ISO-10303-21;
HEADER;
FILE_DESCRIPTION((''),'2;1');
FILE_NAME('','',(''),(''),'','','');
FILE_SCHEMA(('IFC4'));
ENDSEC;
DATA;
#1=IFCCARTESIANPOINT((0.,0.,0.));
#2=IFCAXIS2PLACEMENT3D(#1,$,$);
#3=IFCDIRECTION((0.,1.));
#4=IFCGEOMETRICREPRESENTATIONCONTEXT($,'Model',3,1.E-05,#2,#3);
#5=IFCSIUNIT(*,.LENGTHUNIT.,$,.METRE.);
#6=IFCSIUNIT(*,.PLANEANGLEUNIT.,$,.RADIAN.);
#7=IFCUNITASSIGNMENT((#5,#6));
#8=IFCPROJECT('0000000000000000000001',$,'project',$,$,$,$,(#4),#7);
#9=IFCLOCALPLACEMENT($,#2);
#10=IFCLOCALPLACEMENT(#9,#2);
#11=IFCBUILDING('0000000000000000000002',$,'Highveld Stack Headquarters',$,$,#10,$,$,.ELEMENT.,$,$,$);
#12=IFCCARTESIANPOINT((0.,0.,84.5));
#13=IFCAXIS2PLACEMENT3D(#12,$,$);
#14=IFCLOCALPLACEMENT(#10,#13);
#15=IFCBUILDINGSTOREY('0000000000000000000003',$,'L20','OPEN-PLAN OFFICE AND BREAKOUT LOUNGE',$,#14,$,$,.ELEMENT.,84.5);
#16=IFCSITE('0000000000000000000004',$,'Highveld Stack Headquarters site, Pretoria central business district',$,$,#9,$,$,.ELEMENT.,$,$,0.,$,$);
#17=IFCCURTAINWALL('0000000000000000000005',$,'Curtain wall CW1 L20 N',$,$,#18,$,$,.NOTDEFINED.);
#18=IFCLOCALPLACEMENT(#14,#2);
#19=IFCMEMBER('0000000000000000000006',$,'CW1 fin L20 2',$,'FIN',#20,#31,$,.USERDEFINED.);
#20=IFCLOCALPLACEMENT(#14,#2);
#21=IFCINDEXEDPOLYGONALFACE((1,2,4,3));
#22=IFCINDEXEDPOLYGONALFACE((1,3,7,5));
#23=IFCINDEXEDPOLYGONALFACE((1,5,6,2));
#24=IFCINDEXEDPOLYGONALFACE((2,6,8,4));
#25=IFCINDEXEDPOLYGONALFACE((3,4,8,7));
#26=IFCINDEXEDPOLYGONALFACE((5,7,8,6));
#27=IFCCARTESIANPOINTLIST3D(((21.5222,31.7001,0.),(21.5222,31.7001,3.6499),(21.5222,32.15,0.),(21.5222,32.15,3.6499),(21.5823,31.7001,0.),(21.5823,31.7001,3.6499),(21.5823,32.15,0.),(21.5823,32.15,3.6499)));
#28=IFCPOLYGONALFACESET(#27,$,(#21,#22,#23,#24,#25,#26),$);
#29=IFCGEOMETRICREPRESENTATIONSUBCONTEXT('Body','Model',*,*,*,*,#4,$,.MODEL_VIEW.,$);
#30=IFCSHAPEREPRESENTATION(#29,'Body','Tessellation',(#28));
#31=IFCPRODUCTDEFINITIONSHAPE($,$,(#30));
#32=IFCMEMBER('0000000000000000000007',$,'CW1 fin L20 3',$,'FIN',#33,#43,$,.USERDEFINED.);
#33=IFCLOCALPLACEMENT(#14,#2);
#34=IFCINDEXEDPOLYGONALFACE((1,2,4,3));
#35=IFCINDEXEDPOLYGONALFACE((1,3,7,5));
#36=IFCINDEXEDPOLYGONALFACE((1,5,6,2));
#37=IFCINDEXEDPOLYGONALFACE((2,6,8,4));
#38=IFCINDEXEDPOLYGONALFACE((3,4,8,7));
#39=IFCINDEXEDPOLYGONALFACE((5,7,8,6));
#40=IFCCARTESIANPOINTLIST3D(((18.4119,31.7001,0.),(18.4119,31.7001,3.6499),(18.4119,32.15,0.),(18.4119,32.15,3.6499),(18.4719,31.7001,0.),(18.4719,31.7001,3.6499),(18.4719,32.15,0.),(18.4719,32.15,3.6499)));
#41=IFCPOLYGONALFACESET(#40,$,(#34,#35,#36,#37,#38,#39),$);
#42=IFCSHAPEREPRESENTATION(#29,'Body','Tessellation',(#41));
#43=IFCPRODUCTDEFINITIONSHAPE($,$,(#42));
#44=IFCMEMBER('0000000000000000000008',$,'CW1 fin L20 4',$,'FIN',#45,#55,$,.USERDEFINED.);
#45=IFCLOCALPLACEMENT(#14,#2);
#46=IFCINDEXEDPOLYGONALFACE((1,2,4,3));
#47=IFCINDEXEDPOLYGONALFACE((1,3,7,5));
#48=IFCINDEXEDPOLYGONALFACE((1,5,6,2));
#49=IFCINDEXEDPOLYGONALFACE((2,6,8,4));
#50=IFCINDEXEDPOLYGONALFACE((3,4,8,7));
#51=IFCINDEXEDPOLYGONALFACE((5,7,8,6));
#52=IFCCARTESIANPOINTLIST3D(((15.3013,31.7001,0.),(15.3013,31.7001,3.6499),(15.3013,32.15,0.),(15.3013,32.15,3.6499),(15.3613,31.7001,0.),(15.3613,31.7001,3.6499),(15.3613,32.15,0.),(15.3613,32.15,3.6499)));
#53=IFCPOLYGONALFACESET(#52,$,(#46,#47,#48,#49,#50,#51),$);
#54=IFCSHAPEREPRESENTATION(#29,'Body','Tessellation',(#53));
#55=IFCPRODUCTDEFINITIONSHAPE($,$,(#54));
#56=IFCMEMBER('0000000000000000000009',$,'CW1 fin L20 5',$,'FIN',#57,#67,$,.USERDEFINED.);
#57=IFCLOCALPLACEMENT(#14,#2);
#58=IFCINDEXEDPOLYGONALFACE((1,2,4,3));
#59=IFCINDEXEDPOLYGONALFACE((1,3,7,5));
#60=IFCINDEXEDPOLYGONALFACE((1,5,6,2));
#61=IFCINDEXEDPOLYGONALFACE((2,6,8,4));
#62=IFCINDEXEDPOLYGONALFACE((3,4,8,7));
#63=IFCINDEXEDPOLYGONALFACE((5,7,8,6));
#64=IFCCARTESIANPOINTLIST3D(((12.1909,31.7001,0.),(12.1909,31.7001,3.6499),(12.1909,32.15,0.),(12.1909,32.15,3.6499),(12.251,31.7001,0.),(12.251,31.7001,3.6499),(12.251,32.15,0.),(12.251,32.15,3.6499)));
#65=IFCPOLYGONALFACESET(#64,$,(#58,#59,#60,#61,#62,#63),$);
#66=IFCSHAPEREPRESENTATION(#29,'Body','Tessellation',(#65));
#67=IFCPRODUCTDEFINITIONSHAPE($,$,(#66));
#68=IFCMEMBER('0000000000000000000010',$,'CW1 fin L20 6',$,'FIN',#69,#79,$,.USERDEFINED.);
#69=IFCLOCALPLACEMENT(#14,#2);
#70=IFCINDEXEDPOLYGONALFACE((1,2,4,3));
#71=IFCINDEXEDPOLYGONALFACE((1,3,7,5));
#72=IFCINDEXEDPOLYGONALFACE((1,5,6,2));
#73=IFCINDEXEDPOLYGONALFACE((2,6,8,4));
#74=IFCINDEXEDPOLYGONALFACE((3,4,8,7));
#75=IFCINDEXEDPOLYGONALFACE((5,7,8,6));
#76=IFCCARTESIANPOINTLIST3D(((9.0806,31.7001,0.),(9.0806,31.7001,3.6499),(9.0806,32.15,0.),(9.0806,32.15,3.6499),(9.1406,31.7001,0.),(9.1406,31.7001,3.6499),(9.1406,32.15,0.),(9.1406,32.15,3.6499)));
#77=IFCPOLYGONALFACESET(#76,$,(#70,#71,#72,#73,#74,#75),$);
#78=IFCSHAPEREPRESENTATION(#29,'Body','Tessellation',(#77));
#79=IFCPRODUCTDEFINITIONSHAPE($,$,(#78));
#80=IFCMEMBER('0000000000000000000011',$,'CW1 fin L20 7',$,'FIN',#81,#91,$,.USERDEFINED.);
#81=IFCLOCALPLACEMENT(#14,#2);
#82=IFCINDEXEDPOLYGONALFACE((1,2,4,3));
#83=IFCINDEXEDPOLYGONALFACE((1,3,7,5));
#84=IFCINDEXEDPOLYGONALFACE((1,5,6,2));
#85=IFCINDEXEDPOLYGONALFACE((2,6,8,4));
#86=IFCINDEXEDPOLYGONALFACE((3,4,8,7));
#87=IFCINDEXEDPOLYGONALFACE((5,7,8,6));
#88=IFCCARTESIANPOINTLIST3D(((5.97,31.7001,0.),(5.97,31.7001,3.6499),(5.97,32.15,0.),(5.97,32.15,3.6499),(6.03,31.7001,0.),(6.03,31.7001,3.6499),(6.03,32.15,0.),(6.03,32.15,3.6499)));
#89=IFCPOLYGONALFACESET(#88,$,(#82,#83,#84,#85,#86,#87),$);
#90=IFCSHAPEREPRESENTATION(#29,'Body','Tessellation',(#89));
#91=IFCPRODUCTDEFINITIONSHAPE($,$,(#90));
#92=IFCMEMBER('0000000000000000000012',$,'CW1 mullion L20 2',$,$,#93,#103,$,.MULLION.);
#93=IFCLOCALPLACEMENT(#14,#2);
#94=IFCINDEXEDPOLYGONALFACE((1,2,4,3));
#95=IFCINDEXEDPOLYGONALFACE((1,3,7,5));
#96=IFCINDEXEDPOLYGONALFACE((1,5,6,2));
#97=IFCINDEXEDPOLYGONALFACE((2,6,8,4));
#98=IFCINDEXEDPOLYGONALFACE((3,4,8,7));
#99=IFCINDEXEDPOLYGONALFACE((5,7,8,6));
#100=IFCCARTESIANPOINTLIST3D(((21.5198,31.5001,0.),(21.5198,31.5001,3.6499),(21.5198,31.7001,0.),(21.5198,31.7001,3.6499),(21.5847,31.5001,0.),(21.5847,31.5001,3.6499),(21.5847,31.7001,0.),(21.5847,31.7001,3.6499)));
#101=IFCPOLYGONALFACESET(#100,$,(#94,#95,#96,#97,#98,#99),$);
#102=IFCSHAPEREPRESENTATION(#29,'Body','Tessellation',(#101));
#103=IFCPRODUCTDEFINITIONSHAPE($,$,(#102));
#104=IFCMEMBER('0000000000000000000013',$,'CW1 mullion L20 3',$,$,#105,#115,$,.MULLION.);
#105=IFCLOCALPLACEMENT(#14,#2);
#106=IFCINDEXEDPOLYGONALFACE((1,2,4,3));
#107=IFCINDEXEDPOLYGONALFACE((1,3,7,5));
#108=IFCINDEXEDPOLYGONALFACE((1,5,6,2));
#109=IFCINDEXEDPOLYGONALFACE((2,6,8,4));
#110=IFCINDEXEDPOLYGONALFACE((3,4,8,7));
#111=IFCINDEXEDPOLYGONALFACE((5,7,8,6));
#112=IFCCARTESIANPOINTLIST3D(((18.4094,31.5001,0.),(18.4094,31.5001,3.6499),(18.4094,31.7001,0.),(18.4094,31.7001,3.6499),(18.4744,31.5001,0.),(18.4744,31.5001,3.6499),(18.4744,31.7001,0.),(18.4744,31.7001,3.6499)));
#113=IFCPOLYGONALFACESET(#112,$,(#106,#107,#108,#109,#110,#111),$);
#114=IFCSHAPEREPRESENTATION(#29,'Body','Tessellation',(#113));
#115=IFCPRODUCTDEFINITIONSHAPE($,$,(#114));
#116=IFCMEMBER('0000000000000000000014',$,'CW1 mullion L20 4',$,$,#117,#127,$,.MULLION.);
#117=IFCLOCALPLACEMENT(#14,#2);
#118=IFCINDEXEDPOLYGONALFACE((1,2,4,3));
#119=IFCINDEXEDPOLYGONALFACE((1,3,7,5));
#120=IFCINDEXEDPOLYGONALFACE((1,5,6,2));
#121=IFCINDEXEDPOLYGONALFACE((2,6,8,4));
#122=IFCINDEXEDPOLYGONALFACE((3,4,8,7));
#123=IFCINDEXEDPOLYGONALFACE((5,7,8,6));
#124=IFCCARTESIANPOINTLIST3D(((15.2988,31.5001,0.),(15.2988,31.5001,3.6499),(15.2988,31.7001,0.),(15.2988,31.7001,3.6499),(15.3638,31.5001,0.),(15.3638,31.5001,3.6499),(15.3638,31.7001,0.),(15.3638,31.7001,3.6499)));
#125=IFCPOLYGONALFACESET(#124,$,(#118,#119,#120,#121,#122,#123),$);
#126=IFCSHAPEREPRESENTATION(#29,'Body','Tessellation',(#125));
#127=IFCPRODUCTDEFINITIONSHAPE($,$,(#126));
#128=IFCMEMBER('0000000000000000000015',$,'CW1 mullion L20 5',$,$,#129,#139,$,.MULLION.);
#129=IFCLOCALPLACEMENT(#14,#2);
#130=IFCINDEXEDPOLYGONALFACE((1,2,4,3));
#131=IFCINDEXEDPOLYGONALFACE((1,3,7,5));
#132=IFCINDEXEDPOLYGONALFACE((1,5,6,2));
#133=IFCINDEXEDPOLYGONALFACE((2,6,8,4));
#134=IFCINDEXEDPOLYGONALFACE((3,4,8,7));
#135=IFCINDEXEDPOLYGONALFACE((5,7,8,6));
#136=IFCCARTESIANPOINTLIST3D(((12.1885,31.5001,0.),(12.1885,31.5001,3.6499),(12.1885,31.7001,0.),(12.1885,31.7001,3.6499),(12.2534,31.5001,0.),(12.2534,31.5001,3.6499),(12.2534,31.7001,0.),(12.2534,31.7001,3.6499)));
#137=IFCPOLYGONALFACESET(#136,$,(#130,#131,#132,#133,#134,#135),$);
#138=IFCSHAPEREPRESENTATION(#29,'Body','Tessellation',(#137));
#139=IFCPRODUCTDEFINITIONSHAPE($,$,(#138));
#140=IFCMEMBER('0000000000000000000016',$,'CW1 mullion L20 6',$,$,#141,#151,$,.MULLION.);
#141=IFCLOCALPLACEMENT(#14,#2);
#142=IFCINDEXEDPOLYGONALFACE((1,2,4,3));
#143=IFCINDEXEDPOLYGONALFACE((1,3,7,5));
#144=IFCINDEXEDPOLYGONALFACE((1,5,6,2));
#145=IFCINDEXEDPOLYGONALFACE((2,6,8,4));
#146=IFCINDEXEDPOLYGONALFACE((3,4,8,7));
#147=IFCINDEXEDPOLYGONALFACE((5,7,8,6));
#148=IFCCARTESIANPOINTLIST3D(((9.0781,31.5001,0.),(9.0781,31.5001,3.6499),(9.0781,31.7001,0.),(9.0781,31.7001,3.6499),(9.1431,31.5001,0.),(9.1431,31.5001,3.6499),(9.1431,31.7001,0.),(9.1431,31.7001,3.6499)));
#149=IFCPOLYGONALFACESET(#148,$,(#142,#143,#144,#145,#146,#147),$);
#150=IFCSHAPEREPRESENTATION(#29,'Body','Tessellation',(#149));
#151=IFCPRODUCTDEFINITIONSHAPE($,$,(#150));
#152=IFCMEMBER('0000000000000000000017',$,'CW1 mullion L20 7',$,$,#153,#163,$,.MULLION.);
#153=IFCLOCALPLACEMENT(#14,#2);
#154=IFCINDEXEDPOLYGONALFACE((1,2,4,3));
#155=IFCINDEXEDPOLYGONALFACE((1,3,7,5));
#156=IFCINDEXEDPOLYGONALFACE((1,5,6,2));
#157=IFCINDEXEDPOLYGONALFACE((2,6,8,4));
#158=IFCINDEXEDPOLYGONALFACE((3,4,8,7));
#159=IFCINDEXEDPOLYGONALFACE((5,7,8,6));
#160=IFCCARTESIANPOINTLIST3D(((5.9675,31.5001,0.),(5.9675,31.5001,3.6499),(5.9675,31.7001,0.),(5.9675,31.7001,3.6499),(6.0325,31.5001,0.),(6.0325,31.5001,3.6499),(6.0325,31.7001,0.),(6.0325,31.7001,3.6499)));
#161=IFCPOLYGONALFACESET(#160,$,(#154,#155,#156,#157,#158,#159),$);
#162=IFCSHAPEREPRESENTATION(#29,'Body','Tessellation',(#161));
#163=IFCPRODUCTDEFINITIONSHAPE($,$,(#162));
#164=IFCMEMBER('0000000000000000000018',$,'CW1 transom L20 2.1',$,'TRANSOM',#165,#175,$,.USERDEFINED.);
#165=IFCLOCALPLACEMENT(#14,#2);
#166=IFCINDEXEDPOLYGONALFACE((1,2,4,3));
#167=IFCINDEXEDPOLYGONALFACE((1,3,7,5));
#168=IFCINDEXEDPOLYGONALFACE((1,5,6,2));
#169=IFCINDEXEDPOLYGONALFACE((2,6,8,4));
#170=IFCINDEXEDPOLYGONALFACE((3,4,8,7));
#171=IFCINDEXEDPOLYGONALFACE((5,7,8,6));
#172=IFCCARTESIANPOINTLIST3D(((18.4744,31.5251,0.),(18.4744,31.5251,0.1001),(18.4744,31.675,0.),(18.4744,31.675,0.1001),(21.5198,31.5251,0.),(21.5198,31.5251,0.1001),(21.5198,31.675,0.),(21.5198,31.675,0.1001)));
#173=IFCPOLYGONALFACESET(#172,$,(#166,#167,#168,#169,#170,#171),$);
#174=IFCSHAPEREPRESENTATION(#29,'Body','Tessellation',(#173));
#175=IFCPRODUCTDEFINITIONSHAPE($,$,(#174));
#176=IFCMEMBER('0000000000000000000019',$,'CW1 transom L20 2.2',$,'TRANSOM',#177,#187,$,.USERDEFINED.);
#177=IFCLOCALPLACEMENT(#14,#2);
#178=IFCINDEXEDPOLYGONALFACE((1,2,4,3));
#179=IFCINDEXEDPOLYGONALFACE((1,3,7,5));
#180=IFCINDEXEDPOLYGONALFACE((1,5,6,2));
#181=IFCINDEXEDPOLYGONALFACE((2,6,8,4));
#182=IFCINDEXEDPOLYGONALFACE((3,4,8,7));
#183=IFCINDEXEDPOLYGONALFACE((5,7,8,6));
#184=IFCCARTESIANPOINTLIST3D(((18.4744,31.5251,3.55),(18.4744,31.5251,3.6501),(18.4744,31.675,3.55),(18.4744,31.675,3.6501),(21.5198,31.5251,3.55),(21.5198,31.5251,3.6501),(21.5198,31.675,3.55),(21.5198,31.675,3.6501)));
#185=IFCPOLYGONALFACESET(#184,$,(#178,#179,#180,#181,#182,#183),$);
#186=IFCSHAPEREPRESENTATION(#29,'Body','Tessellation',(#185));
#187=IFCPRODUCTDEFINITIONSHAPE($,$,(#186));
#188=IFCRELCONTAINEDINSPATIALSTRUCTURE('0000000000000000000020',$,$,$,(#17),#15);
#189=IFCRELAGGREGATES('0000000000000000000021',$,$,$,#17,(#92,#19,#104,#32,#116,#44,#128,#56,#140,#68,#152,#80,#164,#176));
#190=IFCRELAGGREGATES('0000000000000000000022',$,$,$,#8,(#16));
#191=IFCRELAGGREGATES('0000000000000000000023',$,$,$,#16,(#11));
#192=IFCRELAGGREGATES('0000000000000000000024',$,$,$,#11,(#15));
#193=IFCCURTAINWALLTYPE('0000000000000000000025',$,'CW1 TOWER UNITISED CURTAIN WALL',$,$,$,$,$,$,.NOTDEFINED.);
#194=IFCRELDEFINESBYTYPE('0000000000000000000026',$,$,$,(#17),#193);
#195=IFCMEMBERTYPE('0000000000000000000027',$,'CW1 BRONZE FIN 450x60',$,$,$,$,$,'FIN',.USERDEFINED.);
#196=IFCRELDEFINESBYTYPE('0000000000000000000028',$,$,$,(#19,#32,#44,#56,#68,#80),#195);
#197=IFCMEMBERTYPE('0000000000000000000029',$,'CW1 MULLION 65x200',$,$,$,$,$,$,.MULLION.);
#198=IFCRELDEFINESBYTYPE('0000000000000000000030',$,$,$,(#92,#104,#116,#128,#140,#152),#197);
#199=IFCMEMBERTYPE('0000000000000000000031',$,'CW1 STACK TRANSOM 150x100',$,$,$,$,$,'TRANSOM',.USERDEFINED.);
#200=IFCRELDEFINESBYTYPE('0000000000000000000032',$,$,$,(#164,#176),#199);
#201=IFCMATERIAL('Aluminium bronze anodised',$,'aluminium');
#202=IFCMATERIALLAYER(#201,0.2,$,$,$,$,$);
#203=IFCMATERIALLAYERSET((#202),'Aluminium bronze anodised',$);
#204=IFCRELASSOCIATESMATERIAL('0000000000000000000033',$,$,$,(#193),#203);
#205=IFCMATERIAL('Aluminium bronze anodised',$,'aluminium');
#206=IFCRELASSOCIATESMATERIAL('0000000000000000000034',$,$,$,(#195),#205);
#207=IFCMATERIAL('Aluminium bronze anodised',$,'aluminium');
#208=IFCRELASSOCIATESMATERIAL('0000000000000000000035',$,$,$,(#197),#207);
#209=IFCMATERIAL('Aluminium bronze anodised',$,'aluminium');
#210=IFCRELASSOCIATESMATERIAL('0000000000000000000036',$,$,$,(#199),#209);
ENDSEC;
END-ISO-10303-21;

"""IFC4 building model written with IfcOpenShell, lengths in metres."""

from ifc_helpers import new_model, si_unit, direction, frame, origin, origin_2d, place, context, subcontext, project, spatial, rectangle, extrude, material, layer, layer_set, material_profile, profile_set, type_object, element, aggregate, save


model = new_model("IFC4")

# Units and contexts
model_context = context("Model", 3, precision=1e-05, world=origin(), true_north=direction((0.0, 1.0)))
body_context = subcontext(model_context, "Body", "Model", "MODEL_VIEW")
ifc_project = project(units=[si_unit("LENGTHUNIT", "METRE"), si_unit("PLANEANGLEUNIT", "RADIAN")], contexts=[model_context])

# Site, building, storey
site_placement = place(None, origin())
site = spatial("IfcSite", under=ifc_project, at=site_placement, Name="Highveld Stack Headquarters site, Pretoria central business district", CompositionType="ELEMENT", RefElevation=0.0)
building_placement = place(site_placement, origin())
building = spatial("IfcBuilding", under=site, at=building_placement, Name="Highveld Stack Headquarters", CompositionType="ELEMENT")
storey_placement = place(building_placement, frame((0.0, 0.0, 84.5)))
storey = spatial("IfcBuildingStorey", under=building, at=storey_placement, Name="L20", Description="OPEN-PLAN OFFICE AND BREAKOUT LOUNGE", CompositionType="ELEMENT", Elevation=84.5)

# Curtain wall, members
ifc_material_1 = material(Name="Aluminium bronze anodised", Category="aluminium")
ifc_layer_1 = layer(ifc_material_1, 0.2)
ifc_layer_set_1 = layer_set([ifc_layer_1], Name="Aluminium bronze anodised")
curtain_wall_type = type_object("IfcCurtainWallType", Name="CW1 TOWER UNITISED CURTAIN WALL", PredefinedType="NOTDEFINED", material=ifc_layer_set_1)
curtain_wall_placement = place(storey_placement, origin())
curtain_wall = element("IfcCurtainWall", 1, at=curtain_wall_placement, inside=storey, type_object=curtain_wall_type, Name="Curtain wall CW1 L20 N", PredefinedType="NOTDEFINED")
ifc_material_2 = material(Name="Aluminium bronze anodised", Category="aluminium")
ifc_material_profile_1 = material_profile(ifc_material_2, rectangle(XDim=0.45, YDim=0.0601, at=origin_2d()), Name="FIN 450x60")
ifc_profile_set_1 = profile_set([ifc_material_profile_1], Name="Aluminium bronze anodised")
member_type_1 = type_object("IfcMemberType", Name="CW1 BRONZE FIN 450x60", ElementType="FIN", PredefinedType="USERDEFINED", material=ifc_profile_set_1)
member_1_placement = place(storey_placement, frame((21.5522, 31.925, 0.0), z_axis=(0.0, 0.0, 1.0), x_axis=(0.0, -1.0, 0.0)))
member_1 = element("IfcMember", 2, at=member_1_placement, type_object=member_type_1, Name="CW1 fin L20 2", ObjectType="FIN", PredefinedType="USERDEFINED", context=body_context, shape_type="SweptSolid", body=[
    extrude(rectangle(XDim=0.45, YDim=0.0601, at=origin_2d()), origin(), (0.0, 0.0, 1.0), 3.6499),
])
member_2_placement = place(storey_placement, frame((18.4419, 31.925, 0.0), z_axis=(0.0, 0.0, 1.0), x_axis=(0.0, -1.0, 0.0)))
member_2 = element("IfcMember", 3, at=member_2_placement, type_object=member_type_1, Name="CW1 fin L20 3", ObjectType="FIN", PredefinedType="USERDEFINED", context=body_context, shape_type="SweptSolid", body=[
    extrude(rectangle(XDim=0.45, YDim=0.0601, at=origin_2d()), origin(), (0.0, 0.0, 1.0), 3.6499),
])
member_3_placement = place(storey_placement, frame((15.3313, 31.925, 0.0), z_axis=(0.0, 0.0, 1.0), x_axis=(0.0, -1.0, 0.0)))
member_3 = element("IfcMember", 4, at=member_3_placement, type_object=member_type_1, Name="CW1 fin L20 4", ObjectType="FIN", PredefinedType="USERDEFINED", context=body_context, shape_type="SweptSolid", body=[
    extrude(rectangle(XDim=0.45, YDim=0.0601, at=origin_2d()), origin(), (0.0, 0.0, 1.0), 3.6499),
])
member_4_placement = place(storey_placement, frame((12.2209, 31.925, 0.0), z_axis=(0.0, 0.0, 1.0), x_axis=(0.0, -1.0, 0.0)))
member_4 = element("IfcMember", 5, at=member_4_placement, type_object=member_type_1, Name="CW1 fin L20 5", ObjectType="FIN", PredefinedType="USERDEFINED", context=body_context, shape_type="SweptSolid", body=[
    extrude(rectangle(XDim=0.45, YDim=0.0601, at=origin_2d()), origin(), (0.0, 0.0, 1.0), 3.6499),
])
member_5_placement = place(storey_placement, frame((9.1106, 31.925, 0.0), z_axis=(0.0, 0.0, 1.0), x_axis=(0.0, -1.0, 0.0)))
member_5 = element("IfcMember", 6, at=member_5_placement, type_object=member_type_1, Name="CW1 fin L20 6", ObjectType="FIN", PredefinedType="USERDEFINED", context=body_context, shape_type="SweptSolid", body=[
    extrude(rectangle(XDim=0.45, YDim=0.0601, at=origin_2d()), origin(), (0.0, 0.0, 1.0), 3.6499),
])
member_6_placement = place(storey_placement, frame((6.0, 31.925, 0.0), z_axis=(0.0, 0.0, 1.0), x_axis=(0.0, -1.0, 0.0)))
member_6 = element("IfcMember", 7, at=member_6_placement, type_object=member_type_1, Name="CW1 fin L20 7", ObjectType="FIN", PredefinedType="USERDEFINED", context=body_context, shape_type="SweptSolid", body=[
    extrude(rectangle(XDim=0.45, YDim=0.0601, at=origin_2d()), origin(), (0.0, 0.0, 1.0), 3.6499),
])
ifc_material_3 = material(Name="Aluminium bronze anodised", Category="aluminium")
ifc_material_profile_2 = material_profile(ifc_material_3, rectangle(XDim=0.2, YDim=0.0649, at=origin_2d()), Name="CW1 MULLION 65x200")
ifc_profile_set_2 = profile_set([ifc_material_profile_2], Name="Aluminium bronze anodised")
member_type_2 = type_object("IfcMemberType", Name="CW1 MULLION 65x200", PredefinedType="MULLION", material=ifc_profile_set_2)
member_7_placement = place(storey_placement, frame((21.5522, 31.6001, 0.0), z_axis=(0.0, 0.0, 1.0), x_axis=(0.0, -1.0, 0.0)))
member_7 = element("IfcMember", 8, at=member_7_placement, type_object=member_type_2, Name="CW1 mullion L20 2", PredefinedType="MULLION", context=body_context, shape_type="SweptSolid", body=[
    extrude(rectangle(XDim=0.2, YDim=0.0649, at=origin_2d()), origin(), (0.0, 0.0, 1.0), 3.6499),
])
member_8_placement = place(storey_placement, frame((18.4419, 31.6001, 0.0), z_axis=(0.0, 0.0, 1.0), x_axis=(0.0, -1.0, 0.0)))
member_8 = element("IfcMember", 9, at=member_8_placement, type_object=member_type_2, Name="CW1 mullion L20 3", PredefinedType="MULLION", context=body_context, shape_type="SweptSolid", body=[
    extrude(rectangle(XDim=0.2, YDim=0.0649, at=origin_2d()), origin(), (0.0, 0.0, 1.0), 3.6499),
])
member_9_placement = place(storey_placement, frame((15.3313, 31.6001, 0.0), z_axis=(0.0, 0.0, 1.0), x_axis=(0.0, -1.0, 0.0)))
member_9 = element("IfcMember", 10, at=member_9_placement, type_object=member_type_2, Name="CW1 mullion L20 4", PredefinedType="MULLION", context=body_context, shape_type="SweptSolid", body=[
    extrude(rectangle(XDim=0.2, YDim=0.0649, at=origin_2d()), origin(), (0.0, 0.0, 1.0), 3.6499),
])
member_10_placement = place(storey_placement, frame((12.2209, 31.6001, 0.0), z_axis=(0.0, 0.0, 1.0), x_axis=(0.0, -1.0, 0.0)))
member_10 = element("IfcMember", 11, at=member_10_placement, type_object=member_type_2, Name="CW1 mullion L20 5", PredefinedType="MULLION", context=body_context, shape_type="SweptSolid", body=[
    extrude(rectangle(XDim=0.2, YDim=0.0649, at=origin_2d()), origin(), (0.0, 0.0, 1.0), 3.6499),
])
member_11_placement = place(storey_placement, frame((9.1106, 31.6001, 0.0), z_axis=(0.0, 0.0, 1.0), x_axis=(0.0, -1.0, 0.0)))
member_11 = element("IfcMember", 12, at=member_11_placement, type_object=member_type_2, Name="CW1 mullion L20 6", PredefinedType="MULLION", context=body_context, shape_type="SweptSolid", body=[
    extrude(rectangle(XDim=0.2, YDim=0.0649, at=origin_2d()), origin(), (0.0, 0.0, 1.0), 3.6499),
])
member_12_placement = place(storey_placement, frame((6.0, 31.6001, 0.0), z_axis=(0.0, 0.0, 1.0), x_axis=(0.0, -1.0, 0.0)))
member_12 = element("IfcMember", 13, at=member_12_placement, type_object=member_type_2, Name="CW1 mullion L20 7", PredefinedType="MULLION", context=body_context, shape_type="SweptSolid", body=[
    extrude(rectangle(XDim=0.2, YDim=0.0649, at=origin_2d()), origin(), (0.0, 0.0, 1.0), 3.6499),
])
ifc_material_4 = material(Name="Aluminium bronze anodised", Category="aluminium")
ifc_material_profile_3 = material_profile(ifc_material_4, rectangle(XDim=0.1499, YDim=0.1001, at=origin_2d()), Name="CW1 TRANSOM 150x100")
ifc_profile_set_3 = profile_set([ifc_material_profile_3], Name="Aluminium bronze anodised")
member_type_3 = type_object("IfcMemberType", Name="CW1 STACK TRANSOM 150x100", ElementType="TRANSOM", PredefinedType="USERDEFINED", material=ifc_profile_set_3)
member_13_placement = place(storey_placement, frame((21.5198, 31.6001, 0.05), z_axis=(-1.0, 0.0, 0.0), x_axis=(0.0, -1.0, 0.0)))
member_13 = element("IfcMember", 14, at=member_13_placement, type_object=member_type_3, Name="CW1 transom L20 2.1", ObjectType="TRANSOM", PredefinedType="USERDEFINED", context=body_context, shape_type="SweptSolid", body=[
    extrude(rectangle(XDim=0.1499, YDim=0.1001, at=origin_2d()), origin(), (0.0, 0.0, 1.0), 3.0454),
])
member_14_placement = place(storey_placement, frame((21.5198, 31.6001, 3.6001), z_axis=(-1.0, 0.0, 0.0), x_axis=(0.0, -1.0, 0.0)))
member_14 = element("IfcMember", 15, at=member_14_placement, type_object=member_type_3, Name="CW1 transom L20 2.2", ObjectType="TRANSOM", PredefinedType="USERDEFINED", context=body_context, shape_type="SweptSolid", body=[
    extrude(rectangle(XDim=0.1499, YDim=0.1001, at=origin_2d()), origin(), (0.0, 0.0, 1.0), 3.0454),
])
aggregate(curtain_wall, [member_7, member_1, member_8, member_2, member_9, member_3, member_10, member_4, member_11, member_5, member_12, member_6, member_13, member_14])

save(model, "model.ifc")
